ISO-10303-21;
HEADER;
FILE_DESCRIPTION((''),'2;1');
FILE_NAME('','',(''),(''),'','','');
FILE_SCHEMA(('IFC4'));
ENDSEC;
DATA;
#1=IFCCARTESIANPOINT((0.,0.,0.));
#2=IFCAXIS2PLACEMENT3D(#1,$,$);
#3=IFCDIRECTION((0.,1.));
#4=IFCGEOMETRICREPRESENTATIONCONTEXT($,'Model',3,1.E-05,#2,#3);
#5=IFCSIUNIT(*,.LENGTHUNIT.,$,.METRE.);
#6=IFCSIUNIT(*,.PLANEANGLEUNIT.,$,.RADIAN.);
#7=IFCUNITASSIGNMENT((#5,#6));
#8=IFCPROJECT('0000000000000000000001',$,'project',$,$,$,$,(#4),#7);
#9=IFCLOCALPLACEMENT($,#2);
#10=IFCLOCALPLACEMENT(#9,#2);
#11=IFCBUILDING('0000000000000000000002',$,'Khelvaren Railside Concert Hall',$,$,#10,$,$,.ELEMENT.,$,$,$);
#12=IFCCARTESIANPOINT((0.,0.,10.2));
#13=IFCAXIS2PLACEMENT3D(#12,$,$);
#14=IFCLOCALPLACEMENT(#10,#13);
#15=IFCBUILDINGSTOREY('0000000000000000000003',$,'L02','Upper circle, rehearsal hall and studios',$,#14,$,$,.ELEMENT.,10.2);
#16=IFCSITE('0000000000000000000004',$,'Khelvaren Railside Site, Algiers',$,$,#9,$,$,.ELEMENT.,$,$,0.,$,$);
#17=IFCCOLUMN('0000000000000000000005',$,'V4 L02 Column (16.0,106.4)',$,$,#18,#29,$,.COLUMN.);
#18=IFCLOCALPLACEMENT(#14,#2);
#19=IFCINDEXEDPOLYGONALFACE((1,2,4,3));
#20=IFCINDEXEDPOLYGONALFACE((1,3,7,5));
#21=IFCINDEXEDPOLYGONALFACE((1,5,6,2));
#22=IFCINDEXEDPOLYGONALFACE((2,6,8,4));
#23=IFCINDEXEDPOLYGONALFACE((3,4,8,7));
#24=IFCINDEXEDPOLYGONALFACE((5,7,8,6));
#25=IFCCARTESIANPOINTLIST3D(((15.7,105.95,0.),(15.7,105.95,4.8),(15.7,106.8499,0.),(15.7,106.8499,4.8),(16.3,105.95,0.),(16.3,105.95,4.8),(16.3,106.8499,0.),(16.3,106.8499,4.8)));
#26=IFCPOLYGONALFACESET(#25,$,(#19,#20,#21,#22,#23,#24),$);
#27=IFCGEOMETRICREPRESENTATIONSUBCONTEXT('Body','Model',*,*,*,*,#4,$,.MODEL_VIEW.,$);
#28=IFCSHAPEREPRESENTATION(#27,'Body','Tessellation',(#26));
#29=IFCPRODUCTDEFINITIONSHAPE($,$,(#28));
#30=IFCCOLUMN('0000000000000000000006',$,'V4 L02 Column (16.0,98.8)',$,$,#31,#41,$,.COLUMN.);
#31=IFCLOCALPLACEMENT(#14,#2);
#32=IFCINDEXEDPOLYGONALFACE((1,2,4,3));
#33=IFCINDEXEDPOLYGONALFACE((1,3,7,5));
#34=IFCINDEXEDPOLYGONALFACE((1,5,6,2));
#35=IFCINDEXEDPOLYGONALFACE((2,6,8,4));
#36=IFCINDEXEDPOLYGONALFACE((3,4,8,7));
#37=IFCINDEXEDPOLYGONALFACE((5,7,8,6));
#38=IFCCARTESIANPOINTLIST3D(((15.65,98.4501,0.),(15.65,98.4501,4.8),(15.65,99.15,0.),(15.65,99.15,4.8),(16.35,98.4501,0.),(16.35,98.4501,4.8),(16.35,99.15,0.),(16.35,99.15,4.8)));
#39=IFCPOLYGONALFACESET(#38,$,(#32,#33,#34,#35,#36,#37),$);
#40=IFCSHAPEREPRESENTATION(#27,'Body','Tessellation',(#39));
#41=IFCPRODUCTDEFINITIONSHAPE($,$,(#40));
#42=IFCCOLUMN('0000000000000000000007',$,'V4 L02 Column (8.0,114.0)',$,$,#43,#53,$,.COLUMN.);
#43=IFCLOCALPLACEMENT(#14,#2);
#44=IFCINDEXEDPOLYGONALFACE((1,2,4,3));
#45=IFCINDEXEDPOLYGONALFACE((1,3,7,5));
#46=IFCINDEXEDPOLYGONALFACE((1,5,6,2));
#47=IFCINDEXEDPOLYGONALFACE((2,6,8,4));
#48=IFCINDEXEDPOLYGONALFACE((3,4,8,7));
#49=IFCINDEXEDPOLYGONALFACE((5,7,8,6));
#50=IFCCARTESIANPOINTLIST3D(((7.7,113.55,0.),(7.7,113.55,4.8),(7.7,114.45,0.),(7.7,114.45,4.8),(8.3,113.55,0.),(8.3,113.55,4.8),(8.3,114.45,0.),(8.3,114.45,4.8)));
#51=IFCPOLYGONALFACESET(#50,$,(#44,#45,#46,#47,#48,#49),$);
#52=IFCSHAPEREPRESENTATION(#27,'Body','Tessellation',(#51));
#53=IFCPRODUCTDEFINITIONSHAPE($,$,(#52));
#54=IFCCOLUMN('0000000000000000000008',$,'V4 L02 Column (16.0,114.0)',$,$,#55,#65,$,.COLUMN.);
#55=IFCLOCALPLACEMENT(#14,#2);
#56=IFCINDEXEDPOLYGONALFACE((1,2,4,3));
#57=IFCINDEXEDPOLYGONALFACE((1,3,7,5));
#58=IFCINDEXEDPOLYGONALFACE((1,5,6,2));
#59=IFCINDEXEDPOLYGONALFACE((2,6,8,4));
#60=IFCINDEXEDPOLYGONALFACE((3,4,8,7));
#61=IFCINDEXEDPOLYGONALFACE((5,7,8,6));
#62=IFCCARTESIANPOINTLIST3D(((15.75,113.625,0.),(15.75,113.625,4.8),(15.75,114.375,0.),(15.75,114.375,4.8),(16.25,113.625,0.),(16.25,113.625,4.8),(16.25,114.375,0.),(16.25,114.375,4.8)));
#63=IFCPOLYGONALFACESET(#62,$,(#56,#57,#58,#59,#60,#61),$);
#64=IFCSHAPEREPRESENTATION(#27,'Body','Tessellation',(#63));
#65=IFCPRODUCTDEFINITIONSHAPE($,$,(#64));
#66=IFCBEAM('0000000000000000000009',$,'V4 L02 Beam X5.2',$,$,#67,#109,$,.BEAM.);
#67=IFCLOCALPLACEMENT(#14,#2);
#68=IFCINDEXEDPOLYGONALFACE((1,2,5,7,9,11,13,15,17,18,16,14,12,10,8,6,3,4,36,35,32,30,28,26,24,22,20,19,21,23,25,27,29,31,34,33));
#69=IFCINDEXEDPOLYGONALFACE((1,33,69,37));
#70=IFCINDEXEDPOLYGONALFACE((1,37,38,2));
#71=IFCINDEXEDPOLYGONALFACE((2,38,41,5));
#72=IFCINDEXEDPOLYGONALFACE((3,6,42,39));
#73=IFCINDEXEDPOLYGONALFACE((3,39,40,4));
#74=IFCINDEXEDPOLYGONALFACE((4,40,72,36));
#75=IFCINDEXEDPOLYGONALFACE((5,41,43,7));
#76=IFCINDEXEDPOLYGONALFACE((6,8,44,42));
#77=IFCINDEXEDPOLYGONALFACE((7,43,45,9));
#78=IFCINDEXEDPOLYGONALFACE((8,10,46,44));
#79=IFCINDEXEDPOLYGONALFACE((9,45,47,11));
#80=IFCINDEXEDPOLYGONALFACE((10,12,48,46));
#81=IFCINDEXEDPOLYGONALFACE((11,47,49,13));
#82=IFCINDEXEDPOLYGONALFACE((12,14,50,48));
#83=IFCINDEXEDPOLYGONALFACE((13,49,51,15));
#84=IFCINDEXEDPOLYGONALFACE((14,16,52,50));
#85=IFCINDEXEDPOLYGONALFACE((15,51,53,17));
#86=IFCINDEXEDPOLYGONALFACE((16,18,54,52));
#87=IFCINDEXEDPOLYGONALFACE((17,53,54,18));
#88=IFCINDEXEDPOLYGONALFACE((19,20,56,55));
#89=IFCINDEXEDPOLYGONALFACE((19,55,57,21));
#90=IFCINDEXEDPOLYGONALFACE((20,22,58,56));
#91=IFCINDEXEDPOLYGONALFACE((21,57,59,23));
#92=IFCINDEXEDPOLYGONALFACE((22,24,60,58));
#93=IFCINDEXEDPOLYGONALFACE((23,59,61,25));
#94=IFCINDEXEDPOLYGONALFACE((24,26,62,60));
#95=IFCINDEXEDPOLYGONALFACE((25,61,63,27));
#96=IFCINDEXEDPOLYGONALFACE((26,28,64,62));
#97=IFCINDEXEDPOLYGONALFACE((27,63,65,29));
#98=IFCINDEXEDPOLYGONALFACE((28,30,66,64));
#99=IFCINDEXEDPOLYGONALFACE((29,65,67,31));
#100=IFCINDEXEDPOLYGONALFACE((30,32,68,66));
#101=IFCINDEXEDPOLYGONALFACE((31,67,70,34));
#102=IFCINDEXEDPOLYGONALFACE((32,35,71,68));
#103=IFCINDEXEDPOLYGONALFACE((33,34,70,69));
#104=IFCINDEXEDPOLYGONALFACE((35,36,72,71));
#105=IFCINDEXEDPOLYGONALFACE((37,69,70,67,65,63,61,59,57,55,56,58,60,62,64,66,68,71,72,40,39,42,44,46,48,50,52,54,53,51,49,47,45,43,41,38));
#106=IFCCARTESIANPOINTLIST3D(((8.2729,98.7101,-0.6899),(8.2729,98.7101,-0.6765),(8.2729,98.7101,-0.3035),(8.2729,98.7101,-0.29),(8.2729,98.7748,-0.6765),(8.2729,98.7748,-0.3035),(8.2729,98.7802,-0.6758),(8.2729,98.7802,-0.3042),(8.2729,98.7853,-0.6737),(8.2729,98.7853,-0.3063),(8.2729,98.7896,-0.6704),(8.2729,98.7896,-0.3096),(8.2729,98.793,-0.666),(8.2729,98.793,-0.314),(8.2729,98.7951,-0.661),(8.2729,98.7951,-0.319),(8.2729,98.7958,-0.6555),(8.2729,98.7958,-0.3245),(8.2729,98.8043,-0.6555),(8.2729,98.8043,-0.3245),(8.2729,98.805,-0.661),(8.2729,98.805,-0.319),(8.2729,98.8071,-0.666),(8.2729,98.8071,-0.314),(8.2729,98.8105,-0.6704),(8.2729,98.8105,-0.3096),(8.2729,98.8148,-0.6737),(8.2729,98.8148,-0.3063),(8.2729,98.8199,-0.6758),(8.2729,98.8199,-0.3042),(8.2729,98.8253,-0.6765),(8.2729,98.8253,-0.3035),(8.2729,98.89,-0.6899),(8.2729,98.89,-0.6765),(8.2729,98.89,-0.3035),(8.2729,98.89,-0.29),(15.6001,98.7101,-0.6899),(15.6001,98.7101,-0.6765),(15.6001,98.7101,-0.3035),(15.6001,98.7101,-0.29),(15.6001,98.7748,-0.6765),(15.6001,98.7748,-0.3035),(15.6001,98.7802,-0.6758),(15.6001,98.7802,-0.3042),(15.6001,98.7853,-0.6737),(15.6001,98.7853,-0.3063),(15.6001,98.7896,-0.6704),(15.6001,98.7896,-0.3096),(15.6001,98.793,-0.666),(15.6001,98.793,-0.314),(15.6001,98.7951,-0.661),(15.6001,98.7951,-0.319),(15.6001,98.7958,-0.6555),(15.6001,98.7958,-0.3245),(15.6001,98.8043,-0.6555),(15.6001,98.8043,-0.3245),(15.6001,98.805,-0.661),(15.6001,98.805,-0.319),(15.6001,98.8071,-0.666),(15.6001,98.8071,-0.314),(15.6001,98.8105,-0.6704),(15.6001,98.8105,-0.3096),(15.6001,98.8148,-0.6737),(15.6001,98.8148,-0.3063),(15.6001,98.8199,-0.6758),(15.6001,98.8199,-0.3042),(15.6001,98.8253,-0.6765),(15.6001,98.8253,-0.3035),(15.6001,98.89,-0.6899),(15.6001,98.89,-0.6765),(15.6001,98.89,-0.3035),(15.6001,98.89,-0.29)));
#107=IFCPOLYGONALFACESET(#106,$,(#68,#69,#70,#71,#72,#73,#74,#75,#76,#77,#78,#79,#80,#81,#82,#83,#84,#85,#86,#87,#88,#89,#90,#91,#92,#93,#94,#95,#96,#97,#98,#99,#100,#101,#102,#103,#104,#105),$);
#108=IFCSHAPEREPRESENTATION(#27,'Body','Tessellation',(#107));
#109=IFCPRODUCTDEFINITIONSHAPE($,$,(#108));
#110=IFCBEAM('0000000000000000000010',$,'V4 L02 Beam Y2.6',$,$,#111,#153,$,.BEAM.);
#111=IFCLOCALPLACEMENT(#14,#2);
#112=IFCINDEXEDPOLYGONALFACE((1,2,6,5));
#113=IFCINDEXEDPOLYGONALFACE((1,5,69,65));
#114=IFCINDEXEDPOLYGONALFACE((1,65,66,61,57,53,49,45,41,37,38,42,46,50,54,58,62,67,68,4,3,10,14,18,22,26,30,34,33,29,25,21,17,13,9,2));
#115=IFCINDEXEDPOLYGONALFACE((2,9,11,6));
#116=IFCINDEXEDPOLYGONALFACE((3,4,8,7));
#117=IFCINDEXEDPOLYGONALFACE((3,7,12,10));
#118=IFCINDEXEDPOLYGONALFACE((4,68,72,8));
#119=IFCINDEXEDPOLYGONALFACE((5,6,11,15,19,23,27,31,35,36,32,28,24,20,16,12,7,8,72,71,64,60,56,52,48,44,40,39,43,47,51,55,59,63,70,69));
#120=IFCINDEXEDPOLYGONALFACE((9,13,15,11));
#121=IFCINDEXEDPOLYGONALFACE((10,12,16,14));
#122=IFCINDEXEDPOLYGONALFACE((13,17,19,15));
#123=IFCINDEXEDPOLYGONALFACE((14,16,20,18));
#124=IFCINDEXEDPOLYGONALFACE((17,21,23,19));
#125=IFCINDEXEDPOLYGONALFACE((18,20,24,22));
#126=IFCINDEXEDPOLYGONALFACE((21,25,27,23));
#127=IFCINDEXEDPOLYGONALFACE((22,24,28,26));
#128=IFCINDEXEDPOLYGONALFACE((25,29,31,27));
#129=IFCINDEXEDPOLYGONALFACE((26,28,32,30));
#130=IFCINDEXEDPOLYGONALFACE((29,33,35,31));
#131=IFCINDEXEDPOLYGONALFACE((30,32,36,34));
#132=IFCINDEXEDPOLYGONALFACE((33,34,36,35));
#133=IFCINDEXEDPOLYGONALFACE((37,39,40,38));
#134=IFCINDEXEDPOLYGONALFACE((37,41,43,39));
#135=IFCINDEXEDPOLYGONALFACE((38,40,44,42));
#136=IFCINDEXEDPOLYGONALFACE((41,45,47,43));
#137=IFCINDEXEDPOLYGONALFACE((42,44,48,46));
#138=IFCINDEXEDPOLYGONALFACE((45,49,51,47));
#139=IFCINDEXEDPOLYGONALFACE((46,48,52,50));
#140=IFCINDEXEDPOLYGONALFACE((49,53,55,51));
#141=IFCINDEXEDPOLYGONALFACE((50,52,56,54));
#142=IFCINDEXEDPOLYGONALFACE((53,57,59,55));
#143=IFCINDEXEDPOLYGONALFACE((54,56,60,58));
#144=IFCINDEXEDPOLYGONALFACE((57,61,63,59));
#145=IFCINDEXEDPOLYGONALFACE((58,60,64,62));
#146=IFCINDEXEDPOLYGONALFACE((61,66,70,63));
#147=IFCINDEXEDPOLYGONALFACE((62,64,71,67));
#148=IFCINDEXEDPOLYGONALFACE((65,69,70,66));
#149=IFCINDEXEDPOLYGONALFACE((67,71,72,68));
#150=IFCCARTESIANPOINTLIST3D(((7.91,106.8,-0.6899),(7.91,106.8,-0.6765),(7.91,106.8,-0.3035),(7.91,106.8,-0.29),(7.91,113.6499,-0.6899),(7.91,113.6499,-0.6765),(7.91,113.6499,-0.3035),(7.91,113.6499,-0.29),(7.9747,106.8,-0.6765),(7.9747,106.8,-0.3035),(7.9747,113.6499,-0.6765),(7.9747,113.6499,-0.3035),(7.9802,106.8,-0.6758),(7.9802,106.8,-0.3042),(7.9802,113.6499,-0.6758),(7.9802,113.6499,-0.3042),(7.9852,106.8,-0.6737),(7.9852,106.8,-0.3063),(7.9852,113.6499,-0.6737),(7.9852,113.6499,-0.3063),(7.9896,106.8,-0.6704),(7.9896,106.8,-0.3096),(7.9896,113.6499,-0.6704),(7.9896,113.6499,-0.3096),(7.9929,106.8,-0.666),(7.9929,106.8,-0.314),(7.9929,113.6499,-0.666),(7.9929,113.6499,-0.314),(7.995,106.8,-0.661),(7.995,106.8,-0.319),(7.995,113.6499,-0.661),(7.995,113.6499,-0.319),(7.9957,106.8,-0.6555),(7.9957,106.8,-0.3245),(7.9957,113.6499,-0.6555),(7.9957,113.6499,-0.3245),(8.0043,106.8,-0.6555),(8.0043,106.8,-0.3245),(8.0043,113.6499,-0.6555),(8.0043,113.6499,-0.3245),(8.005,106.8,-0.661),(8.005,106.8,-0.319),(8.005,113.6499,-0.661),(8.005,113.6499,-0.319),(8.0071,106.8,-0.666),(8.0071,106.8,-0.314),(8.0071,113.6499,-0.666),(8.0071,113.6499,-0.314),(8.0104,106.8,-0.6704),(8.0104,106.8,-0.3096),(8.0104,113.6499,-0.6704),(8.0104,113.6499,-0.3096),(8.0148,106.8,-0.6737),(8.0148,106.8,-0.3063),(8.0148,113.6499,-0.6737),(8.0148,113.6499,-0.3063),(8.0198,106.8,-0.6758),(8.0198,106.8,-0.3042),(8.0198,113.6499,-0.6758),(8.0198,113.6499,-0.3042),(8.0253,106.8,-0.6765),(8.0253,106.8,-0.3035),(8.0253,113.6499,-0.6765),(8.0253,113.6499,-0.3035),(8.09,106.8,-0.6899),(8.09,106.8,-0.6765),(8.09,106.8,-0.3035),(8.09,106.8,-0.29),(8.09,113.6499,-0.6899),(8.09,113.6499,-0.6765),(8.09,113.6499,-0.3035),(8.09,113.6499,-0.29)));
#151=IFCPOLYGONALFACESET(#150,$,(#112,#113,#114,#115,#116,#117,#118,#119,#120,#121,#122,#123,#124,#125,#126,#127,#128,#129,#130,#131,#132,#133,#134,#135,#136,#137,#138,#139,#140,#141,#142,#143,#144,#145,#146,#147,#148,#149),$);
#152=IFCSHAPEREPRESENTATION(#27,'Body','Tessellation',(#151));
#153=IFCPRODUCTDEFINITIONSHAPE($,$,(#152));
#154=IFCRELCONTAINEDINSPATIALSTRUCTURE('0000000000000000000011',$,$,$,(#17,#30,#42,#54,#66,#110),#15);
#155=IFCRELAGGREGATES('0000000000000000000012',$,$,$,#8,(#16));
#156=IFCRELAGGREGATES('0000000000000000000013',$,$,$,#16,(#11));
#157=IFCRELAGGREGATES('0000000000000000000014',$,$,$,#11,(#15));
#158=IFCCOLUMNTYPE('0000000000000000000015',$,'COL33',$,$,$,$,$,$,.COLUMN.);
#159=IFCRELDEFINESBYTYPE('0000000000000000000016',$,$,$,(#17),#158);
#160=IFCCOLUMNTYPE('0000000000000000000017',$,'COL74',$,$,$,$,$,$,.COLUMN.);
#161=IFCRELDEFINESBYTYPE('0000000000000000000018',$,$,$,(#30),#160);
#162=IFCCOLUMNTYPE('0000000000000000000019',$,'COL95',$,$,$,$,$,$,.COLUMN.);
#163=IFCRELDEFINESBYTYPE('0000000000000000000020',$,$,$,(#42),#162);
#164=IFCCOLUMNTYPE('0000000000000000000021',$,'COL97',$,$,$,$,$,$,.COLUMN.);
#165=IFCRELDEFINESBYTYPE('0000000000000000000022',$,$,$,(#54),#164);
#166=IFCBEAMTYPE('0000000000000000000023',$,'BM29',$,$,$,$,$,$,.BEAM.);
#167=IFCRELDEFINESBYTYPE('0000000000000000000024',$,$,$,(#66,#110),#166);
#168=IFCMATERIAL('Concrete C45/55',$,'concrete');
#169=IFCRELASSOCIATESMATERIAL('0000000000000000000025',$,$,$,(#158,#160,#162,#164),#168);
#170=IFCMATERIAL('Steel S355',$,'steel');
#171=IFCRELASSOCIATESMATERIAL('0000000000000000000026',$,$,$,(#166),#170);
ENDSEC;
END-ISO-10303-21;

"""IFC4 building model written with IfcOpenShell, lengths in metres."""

from ifc_helpers import new_model, si_unit, direction, frame, origin, origin_2d, place, context, subcontext, project, spatial, rectangle, i_section, extrude, material, material_profile, profile_set, type_object, element, save


model = new_model("IFC4")

# Units and contexts
model_context = context("Model", 3, precision=1e-05, world=origin(), true_north=direction((0.0, 1.0)))
body_context = subcontext(model_context, "Body", "Model", "MODEL_VIEW")
ifc_project = project(units=[si_unit("LENGTHUNIT", "METRE"), si_unit("PLANEANGLEUNIT", "RADIAN")], contexts=[model_context])

# Site, building, storey
site_placement = place(None, origin())
site = spatial("IfcSite", under=ifc_project, at=site_placement, Name="Khelvaren Railside Site, Algiers", CompositionType="ELEMENT", RefElevation=0.0)
building_placement = place(site_placement, origin())
building = spatial("IfcBuilding", under=site, at=building_placement, Name="Khelvaren Railside Concert Hall", CompositionType="ELEMENT")
storey_placement = place(building_placement, frame((0.0, 0.0, 10.2)))
storey = spatial("IfcBuildingStorey", under=building, at=storey_placement, Name="L02", Description="Upper circle, rehearsal hall and studios", CompositionType="ELEMENT", Elevation=10.2)

# Columns
ifc_material_1 = material(Name="Concrete C45/55", Category="concrete")
ifc_material_profile_1 = material_profile(ifc_material_1, rectangle(XDim=0.6001, YDim=0.8999, at=origin_2d()), Name="RC 600x900")
ifc_profile_set_1 = profile_set([ifc_material_profile_1], Name="Concrete C45/55")
column_type_1 = type_object("IfcColumnType", Name="COL33", PredefinedType="COLUMN", material=ifc_profile_set_1)
column_1_placement = place(storey_placement, frame((16.0, 106.3999, 0.0), z_axis=(0.0, 0.0, 1.0), x_axis=(1.0, 0.0, 0.0)))
element("IfcColumn", 1, at=column_1_placement, inside=storey, type_object=column_type_1, Name="V4 L02 Column (16.0,106.4)", PredefinedType="COLUMN", context=body_context, shape_type="SweptSolid", body=[
    extrude(rectangle(XDim=0.6001, YDim=0.8999, at=origin_2d()), origin(), (0.0, 0.0, 1.0), 4.8),
])
ifc_material_profile_2 = material_profile(ifc_material_1, rectangle(XDim=0.7, YDim=0.7, at=origin_2d()), Name="RC 700x700")
ifc_profile_set_2 = profile_set([ifc_material_profile_2], Name="Concrete C45/55")
column_type_2 = type_object("IfcColumnType", Name="COL74", PredefinedType="COLUMN", material=ifc_profile_set_2)
column_2_placement = place(storey_placement, frame((16.0, 98.8, 0.0), z_axis=(0.0, 0.0, 1.0), x_axis=(1.0, 0.0, 0.0)))
element("IfcColumn", 2, at=column_2_placement, inside=storey, type_object=column_type_2, Name="V4 L02 Column (16.0,98.8)", PredefinedType="COLUMN", context=body_context, shape_type="SweptSolid", body=[
    extrude(rectangle(XDim=0.7, YDim=0.7, at=origin_2d()), origin(), (0.0, 0.0, 1.0), 4.8),
])
ifc_material_profile_3 = material_profile(ifc_material_1, rectangle(XDim=0.6001, YDim=0.8999, at=origin_2d()), Name="RC 600x900")
ifc_profile_set_3 = profile_set([ifc_material_profile_3], Name="Concrete C45/55")
column_type_3 = type_object("IfcColumnType", Name="COL95", PredefinedType="COLUMN", material=ifc_profile_set_3)
column_3_placement = place(storey_placement, frame((8.0, 114.0, 0.0), z_axis=(0.0, 0.0, 1.0), x_axis=(1.0, 0.0, 0.0)))
element("IfcColumn", 3, at=column_3_placement, inside=storey, type_object=column_type_3, Name="V4 L02 Column (8.0,114.0)", PredefinedType="COLUMN", context=body_context, shape_type="SweptSolid", body=[
    extrude(rectangle(XDim=0.6001, YDim=0.8999, at=origin_2d()), origin(), (0.0, 0.0, 1.0), 4.8),
])
ifc_material_profile_4 = material_profile(ifc_material_1, rectangle(XDim=0.5, YDim=0.75, at=origin_2d()), Name="RC 500x750")
ifc_profile_set_4 = profile_set([ifc_material_profile_4], Name="Concrete C45/55")
column_type_4 = type_object("IfcColumnType", Name="COL97", PredefinedType="COLUMN", material=ifc_profile_set_4)
column_4_placement = place(storey_placement, frame((16.0, 114.0, 0.0), z_axis=(0.0, 0.0, 1.0), x_axis=(1.0, 0.0, 0.0)))
element("IfcColumn", 4, at=column_4_placement, inside=storey, type_object=column_type_4, Name="V4 L02 Column (16.0,114.0)", PredefinedType="COLUMN", context=body_context, shape_type="SweptSolid", body=[
    extrude(rectangle(XDim=0.5, YDim=0.75, at=origin_2d()), origin(), (0.0, 0.0, 1.0), 4.8),
])

# Beams
ifc_material_2 = material(Name="Steel S355", Category="steel")
ifc_material_profile_5 = material_profile(ifc_material_2, i_section(OverallWidth=0.1799, OverallDepth=0.3999, WebThickness=0.0085, FlangeThickness=0.0134, FilletRadius=0.021, at=origin_2d()), Name="IPE 400")
ifc_profile_set_5 = profile_set([ifc_material_profile_5], Name="Steel S355")
beam_type_1 = type_object("IfcBeamType", Name="BM29", PredefinedType="BEAM", material=ifc_profile_set_5)
beam_1_placement = place(storey_placement, frame((8.2729, 98.8, -0.49), z_axis=(1.0, 0.0, 0.0), x_axis=(0.0, 1.0, 0.0)))
element("IfcBeam", 5, at=beam_1_placement, inside=storey, type_object=beam_type_1, Name="V4 L02 Beam X5.2", PredefinedType="BEAM", context=body_context, shape_type="SweptSolid", body=[
    extrude(i_section(OverallWidth=0.1799, OverallDepth=0.3999, WebThickness=0.0085, FlangeThickness=0.0134, FilletRadius=0.021, at=origin_2d()), origin(), (0.0, 0.0, 1.0), 7.3271),
])
beam_2_placement = place(storey_placement, frame((8.0, 106.8, -0.49), z_axis=(0.0, 1.0, 0.0), x_axis=(-1.0, 0.0, 0.0)))
element("IfcBeam", 6, at=beam_2_placement, inside=storey, type_object=beam_type_1, Name="V4 L02 Beam Y2.6", PredefinedType="BEAM", context=body_context, shape_type="SweptSolid", body=[
    extrude(i_section(OverallWidth=0.1799, OverallDepth=0.3999, WebThickness=0.0085, FlangeThickness=0.0134, FilletRadius=0.021, at=origin_2d()), origin(), (0.0, 0.0, 1.0), 6.8499),
])

save(model, "model.ifc")
